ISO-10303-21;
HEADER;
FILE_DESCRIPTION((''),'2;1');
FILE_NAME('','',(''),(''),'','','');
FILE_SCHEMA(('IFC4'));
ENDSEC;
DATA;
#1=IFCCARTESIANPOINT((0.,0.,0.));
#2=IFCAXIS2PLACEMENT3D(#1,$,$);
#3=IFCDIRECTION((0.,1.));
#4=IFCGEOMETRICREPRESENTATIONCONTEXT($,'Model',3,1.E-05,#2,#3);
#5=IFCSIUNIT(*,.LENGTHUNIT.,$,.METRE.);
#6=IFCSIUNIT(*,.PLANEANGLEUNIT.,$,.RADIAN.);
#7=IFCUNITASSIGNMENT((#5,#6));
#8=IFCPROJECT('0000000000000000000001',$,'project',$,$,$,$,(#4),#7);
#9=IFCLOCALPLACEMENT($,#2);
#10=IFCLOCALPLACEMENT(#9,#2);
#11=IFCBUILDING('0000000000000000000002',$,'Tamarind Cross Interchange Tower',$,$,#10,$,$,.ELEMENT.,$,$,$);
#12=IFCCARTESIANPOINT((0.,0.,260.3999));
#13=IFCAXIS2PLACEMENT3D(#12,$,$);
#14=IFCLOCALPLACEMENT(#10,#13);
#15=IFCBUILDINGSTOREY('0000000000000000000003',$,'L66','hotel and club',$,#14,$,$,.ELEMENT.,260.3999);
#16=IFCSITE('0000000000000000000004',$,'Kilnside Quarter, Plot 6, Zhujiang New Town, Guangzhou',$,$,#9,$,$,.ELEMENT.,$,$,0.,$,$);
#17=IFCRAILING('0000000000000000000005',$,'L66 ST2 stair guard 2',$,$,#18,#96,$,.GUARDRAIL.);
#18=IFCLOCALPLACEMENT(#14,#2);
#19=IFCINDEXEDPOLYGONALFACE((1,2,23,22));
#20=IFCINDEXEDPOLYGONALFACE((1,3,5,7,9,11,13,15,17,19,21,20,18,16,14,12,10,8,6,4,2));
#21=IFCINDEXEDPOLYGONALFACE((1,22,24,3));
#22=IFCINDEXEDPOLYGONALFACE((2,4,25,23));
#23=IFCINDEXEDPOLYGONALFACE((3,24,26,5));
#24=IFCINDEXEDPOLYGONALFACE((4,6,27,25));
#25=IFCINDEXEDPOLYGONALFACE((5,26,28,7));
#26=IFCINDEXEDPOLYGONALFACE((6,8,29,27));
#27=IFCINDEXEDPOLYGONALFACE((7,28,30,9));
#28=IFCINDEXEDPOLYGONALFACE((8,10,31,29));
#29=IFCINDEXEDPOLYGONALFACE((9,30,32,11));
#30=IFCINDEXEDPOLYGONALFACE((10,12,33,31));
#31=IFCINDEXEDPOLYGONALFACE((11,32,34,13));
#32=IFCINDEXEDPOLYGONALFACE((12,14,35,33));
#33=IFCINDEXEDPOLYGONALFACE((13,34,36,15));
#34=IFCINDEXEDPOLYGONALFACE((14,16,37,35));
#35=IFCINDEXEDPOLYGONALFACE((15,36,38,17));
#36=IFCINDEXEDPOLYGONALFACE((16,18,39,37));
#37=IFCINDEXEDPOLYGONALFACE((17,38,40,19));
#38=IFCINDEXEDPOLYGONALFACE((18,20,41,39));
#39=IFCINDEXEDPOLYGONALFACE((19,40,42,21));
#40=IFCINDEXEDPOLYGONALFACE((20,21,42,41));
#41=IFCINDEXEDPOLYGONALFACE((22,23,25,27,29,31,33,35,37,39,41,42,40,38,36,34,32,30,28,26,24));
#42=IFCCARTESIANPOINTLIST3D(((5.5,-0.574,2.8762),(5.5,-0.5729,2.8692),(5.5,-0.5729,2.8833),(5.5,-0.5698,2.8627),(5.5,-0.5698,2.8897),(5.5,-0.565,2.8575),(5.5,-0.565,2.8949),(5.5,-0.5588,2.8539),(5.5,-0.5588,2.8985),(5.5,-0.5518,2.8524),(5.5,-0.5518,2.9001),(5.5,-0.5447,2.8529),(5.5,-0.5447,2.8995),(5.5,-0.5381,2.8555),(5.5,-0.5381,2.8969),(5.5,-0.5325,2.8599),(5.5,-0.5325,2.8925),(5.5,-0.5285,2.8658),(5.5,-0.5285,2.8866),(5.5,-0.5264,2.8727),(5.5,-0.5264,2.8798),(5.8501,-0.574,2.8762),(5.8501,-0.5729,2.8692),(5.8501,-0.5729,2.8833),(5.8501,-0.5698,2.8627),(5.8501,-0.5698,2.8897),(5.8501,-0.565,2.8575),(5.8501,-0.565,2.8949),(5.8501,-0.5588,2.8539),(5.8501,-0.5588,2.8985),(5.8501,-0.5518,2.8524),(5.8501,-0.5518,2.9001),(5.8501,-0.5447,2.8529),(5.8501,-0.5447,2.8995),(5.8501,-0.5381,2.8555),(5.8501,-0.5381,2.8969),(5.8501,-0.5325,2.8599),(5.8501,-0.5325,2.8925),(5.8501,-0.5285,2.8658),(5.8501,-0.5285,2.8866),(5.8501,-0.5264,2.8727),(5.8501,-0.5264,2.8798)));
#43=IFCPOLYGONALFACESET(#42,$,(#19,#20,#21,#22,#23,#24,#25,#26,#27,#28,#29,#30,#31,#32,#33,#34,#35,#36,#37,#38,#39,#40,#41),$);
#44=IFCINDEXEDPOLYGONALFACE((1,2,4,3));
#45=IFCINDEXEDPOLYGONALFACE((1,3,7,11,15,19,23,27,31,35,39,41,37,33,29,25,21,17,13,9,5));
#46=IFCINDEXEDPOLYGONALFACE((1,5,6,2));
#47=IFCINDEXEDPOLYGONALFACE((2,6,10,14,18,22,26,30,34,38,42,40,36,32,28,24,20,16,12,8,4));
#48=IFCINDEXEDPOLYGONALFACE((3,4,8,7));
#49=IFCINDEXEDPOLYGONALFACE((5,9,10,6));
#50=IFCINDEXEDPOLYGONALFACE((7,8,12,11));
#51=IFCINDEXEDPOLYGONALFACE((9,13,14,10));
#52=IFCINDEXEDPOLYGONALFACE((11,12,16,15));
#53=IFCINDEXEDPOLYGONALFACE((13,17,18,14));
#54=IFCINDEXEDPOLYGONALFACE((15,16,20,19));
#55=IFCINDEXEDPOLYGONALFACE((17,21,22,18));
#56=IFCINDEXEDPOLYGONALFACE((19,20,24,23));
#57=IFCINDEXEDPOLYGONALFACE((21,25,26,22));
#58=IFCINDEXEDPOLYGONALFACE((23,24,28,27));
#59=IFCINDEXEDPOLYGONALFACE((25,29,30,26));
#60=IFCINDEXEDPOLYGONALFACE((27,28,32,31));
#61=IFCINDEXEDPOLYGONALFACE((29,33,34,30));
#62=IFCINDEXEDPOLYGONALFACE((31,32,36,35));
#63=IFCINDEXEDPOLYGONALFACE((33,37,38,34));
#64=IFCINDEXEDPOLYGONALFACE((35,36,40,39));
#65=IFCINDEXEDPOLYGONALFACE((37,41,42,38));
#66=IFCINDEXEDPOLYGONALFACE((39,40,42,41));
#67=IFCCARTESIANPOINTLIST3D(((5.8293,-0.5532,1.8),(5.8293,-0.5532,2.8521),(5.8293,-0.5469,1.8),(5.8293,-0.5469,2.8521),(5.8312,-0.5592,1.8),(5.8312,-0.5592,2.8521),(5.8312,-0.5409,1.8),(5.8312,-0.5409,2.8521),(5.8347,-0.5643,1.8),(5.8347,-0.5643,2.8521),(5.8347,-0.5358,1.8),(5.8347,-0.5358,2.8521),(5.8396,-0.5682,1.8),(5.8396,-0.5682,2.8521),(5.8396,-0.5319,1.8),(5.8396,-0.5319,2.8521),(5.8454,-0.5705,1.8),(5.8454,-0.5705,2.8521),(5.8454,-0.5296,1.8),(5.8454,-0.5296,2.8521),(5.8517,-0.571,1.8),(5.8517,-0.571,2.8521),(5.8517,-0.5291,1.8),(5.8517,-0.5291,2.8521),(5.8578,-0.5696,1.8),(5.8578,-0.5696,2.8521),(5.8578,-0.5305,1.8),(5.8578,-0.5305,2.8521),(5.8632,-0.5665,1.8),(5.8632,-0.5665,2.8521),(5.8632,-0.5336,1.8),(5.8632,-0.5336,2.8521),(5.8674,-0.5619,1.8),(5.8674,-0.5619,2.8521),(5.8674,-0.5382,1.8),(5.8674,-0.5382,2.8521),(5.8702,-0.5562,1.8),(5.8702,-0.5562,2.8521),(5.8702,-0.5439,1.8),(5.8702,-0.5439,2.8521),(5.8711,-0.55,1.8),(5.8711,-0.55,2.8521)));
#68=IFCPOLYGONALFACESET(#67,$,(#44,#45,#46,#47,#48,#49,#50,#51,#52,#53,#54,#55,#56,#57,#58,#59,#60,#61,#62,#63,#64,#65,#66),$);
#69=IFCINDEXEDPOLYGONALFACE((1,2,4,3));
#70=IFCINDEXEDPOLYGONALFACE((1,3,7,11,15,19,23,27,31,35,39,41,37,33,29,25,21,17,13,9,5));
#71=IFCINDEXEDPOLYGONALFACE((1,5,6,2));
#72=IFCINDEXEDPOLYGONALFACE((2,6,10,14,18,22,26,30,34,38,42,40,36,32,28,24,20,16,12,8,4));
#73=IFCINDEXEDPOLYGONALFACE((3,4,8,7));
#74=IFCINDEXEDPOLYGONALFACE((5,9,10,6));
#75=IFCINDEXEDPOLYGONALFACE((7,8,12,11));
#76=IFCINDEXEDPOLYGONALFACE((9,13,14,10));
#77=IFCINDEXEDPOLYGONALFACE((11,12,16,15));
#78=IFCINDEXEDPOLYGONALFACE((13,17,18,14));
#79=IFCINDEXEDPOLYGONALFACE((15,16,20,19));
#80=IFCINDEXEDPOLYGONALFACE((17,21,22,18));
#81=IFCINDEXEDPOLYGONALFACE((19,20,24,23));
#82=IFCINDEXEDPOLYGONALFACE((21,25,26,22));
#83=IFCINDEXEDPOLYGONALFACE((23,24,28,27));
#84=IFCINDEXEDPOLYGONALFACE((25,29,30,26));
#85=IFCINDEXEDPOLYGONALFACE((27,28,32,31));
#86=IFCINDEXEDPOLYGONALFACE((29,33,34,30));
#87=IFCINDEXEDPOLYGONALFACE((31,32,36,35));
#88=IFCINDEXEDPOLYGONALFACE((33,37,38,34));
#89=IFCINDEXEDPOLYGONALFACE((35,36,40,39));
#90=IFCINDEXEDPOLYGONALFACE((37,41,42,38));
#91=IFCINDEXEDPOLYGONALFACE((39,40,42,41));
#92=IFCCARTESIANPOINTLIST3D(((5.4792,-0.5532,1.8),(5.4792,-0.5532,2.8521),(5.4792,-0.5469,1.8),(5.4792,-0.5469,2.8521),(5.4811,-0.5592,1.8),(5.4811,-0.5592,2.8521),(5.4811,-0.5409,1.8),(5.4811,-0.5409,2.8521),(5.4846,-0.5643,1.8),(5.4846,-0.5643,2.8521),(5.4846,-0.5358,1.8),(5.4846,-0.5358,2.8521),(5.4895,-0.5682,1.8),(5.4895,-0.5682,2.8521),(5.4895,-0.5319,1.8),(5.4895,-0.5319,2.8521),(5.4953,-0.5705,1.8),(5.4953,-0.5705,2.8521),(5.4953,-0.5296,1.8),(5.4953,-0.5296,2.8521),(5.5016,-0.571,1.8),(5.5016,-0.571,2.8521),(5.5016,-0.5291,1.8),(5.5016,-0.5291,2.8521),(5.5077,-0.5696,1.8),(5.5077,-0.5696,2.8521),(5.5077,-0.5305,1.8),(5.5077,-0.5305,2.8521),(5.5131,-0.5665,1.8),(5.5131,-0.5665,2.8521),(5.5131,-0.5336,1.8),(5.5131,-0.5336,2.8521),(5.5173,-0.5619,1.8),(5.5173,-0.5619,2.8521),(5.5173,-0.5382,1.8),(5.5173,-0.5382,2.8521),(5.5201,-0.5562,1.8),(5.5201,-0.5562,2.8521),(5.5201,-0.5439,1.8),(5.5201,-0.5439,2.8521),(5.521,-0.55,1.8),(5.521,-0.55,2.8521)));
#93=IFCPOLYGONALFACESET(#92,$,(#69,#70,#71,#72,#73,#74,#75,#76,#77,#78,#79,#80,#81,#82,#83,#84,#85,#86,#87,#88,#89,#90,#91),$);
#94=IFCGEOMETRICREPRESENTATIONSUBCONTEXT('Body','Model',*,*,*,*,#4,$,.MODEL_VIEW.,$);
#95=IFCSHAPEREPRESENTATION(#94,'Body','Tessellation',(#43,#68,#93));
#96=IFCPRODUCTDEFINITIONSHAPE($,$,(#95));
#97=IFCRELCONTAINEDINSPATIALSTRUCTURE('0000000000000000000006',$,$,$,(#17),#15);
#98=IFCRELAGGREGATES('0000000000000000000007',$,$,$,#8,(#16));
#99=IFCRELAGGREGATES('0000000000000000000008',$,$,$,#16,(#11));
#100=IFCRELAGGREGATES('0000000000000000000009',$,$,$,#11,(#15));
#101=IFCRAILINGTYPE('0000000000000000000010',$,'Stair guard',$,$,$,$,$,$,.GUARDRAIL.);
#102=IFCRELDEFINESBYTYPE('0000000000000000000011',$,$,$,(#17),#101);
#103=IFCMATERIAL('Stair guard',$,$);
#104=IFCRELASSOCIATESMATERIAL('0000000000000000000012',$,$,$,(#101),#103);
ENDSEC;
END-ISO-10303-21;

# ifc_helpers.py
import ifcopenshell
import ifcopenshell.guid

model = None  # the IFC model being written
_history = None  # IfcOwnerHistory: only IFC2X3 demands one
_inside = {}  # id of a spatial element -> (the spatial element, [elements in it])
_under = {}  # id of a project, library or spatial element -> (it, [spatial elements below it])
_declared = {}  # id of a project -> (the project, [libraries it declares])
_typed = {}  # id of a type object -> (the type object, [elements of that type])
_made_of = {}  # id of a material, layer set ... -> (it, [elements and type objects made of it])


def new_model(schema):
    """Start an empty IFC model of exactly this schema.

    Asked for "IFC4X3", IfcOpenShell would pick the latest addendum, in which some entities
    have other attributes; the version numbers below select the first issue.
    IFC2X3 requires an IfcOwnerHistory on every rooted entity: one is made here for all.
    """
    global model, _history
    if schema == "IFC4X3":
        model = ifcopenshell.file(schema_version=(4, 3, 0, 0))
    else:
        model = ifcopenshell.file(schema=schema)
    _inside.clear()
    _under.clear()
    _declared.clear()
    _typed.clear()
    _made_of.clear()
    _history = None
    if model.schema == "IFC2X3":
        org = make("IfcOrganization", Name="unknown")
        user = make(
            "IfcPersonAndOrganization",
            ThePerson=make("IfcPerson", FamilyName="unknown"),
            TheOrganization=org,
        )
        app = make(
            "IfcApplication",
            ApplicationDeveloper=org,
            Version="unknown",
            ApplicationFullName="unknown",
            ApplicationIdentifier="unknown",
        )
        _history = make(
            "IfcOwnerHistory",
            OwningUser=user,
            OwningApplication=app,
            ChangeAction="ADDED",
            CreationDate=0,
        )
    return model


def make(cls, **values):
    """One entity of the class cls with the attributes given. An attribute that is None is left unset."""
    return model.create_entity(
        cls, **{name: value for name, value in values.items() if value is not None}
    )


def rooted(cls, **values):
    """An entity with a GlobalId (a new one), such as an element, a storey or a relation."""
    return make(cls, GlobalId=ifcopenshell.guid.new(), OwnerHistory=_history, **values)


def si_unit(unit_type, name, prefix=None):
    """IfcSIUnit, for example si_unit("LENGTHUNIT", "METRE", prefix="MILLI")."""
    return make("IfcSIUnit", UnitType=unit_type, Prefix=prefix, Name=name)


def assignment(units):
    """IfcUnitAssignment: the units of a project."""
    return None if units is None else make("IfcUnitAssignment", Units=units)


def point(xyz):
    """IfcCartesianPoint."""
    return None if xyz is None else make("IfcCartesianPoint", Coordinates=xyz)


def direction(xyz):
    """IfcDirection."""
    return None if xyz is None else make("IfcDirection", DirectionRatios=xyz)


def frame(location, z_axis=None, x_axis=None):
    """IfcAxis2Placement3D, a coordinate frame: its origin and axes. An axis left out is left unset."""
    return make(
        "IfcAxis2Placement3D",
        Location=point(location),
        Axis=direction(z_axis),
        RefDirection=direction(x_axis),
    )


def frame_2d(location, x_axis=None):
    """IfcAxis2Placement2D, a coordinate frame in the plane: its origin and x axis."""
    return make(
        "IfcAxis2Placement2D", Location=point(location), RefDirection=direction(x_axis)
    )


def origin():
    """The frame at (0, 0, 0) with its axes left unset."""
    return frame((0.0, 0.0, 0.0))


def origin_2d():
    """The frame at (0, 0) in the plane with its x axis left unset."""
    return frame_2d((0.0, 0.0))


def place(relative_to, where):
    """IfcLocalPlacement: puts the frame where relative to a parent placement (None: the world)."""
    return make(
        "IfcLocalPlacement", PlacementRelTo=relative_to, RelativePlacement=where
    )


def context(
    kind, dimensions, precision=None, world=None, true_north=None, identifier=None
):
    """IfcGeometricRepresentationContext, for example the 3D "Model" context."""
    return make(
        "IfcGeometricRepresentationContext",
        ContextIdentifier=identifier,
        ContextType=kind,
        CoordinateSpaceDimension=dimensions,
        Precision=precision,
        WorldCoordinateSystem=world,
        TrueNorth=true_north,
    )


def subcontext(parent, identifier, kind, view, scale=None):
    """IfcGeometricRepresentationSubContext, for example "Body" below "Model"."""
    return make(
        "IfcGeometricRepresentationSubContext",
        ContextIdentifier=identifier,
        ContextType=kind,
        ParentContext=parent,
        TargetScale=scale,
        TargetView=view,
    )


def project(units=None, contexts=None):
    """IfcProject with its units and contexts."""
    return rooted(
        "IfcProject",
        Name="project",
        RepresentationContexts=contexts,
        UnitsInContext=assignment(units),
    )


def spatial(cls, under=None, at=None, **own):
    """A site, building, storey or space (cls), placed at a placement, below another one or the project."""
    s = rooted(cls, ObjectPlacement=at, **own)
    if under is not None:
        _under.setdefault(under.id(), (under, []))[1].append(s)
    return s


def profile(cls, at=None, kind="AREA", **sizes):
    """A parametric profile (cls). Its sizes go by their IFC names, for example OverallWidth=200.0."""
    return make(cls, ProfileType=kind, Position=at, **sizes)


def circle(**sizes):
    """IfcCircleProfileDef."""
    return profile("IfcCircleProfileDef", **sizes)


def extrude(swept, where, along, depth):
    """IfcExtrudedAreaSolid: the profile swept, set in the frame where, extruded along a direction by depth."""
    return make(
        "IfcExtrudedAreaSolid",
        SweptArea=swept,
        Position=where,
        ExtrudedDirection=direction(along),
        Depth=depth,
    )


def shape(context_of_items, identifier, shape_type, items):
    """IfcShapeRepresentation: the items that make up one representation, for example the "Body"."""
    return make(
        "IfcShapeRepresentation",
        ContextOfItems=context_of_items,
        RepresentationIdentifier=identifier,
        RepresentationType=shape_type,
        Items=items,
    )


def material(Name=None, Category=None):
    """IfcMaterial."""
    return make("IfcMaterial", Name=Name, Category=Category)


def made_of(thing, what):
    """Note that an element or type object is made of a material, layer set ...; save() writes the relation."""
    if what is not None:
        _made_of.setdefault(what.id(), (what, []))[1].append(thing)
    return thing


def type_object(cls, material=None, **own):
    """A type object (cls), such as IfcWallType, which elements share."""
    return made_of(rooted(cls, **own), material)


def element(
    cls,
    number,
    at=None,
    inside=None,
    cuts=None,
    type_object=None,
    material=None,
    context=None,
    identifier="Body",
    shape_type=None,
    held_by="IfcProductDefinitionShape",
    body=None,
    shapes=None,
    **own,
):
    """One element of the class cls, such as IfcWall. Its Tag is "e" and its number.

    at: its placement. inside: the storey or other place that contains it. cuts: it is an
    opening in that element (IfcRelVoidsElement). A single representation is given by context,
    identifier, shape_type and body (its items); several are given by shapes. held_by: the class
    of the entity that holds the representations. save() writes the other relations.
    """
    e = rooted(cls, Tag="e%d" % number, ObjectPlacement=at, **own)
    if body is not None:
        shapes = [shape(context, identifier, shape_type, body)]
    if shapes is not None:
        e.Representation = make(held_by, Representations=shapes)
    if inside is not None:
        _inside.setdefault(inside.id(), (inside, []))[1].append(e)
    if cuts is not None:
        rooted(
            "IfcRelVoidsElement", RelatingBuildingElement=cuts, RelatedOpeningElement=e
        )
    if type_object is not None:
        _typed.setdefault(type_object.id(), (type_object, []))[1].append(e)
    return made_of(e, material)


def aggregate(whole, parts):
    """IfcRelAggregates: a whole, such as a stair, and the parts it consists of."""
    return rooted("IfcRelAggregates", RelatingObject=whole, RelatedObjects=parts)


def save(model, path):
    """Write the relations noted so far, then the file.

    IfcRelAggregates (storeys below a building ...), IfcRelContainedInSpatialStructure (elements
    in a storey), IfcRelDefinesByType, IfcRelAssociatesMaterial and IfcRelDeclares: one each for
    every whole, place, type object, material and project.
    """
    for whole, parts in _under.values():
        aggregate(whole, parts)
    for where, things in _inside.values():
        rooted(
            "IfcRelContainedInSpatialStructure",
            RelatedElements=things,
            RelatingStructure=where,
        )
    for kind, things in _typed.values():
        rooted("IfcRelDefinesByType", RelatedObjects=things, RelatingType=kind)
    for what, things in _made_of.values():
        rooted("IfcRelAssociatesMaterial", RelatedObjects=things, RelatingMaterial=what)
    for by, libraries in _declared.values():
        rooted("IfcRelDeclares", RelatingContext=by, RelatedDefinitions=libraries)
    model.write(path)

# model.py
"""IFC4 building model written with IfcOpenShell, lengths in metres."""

from ifc_helpers import new_model, si_unit, direction, frame, origin, origin_2d, place, context, subcontext, project, spatial, circle, extrude, material, type_object, element, save


model = new_model("IFC4")

# Units and contexts
model_context = context("Model", 3, precision=1e-05, world=origin(), true_north=direction((0.0, 1.0)))
body_context = subcontext(model_context, "Body", "Model", "MODEL_VIEW")
ifc_project = project(units=[si_unit("LENGTHUNIT", "METRE"), si_unit("PLANEANGLEUNIT", "RADIAN")], contexts=[model_context])

# Site, building, storey
site_placement = place(None, origin())
site = spatial("IfcSite", under=ifc_project, at=site_placement, Name="Kilnside Quarter, Plot 6, Zhujiang New Town, Guangzhou", CompositionType="ELEMENT", RefElevation=0.0)
building_placement = place(site_placement, origin())
building = spatial("IfcBuilding", under=site, at=building_placement, Name="Tamarind Cross Interchange Tower", CompositionType="ELEMENT")
storey_placement = place(building_placement, frame((0.0, 0.0, 260.3999)))
storey = spatial("IfcBuildingStorey", under=building, at=storey_placement, Name="L66", Description="hotel and club", CompositionType="ELEMENT", Elevation=260.3999)

# Railing
ifc_material_1 = material(Name="Stair guard")
railing_type_1 = type_object("IfcRailingType", Name="Stair guard", PredefinedType="GUARDRAIL", material=ifc_material_1)
railing_1_placement = place(storey_placement, frame((5.8501, -0.55, 1.8)))
element("IfcRailing", 1, at=railing_1_placement, inside=storey, type_object=railing_type_1, Name="L66 ST2 stair guard 2", PredefinedType="GUARDRAIL", context=body_context, shape_type="SweptSolid", body=[
    extrude(circle(Radius=0.0239, at=origin_2d()), frame((0.0, 0.0, 1.0762), z_axis=(-1.0, 0.0, 0.0), x_axis=(0.0, -1.0, 0.0)), (0.0, 0.0, 1.0), 0.3501),
    extrude(circle(Radius=0.021, at=origin_2d()), origin(), (0.0, 0.0, 1.0), 1.052),
    extrude(circle(Radius=0.021, at=origin_2d()), frame((-0.3501, 0.0, 0.0)), (0.0, 0.0, 1.0), 1.052),
])

save(model, "model.ifc")
